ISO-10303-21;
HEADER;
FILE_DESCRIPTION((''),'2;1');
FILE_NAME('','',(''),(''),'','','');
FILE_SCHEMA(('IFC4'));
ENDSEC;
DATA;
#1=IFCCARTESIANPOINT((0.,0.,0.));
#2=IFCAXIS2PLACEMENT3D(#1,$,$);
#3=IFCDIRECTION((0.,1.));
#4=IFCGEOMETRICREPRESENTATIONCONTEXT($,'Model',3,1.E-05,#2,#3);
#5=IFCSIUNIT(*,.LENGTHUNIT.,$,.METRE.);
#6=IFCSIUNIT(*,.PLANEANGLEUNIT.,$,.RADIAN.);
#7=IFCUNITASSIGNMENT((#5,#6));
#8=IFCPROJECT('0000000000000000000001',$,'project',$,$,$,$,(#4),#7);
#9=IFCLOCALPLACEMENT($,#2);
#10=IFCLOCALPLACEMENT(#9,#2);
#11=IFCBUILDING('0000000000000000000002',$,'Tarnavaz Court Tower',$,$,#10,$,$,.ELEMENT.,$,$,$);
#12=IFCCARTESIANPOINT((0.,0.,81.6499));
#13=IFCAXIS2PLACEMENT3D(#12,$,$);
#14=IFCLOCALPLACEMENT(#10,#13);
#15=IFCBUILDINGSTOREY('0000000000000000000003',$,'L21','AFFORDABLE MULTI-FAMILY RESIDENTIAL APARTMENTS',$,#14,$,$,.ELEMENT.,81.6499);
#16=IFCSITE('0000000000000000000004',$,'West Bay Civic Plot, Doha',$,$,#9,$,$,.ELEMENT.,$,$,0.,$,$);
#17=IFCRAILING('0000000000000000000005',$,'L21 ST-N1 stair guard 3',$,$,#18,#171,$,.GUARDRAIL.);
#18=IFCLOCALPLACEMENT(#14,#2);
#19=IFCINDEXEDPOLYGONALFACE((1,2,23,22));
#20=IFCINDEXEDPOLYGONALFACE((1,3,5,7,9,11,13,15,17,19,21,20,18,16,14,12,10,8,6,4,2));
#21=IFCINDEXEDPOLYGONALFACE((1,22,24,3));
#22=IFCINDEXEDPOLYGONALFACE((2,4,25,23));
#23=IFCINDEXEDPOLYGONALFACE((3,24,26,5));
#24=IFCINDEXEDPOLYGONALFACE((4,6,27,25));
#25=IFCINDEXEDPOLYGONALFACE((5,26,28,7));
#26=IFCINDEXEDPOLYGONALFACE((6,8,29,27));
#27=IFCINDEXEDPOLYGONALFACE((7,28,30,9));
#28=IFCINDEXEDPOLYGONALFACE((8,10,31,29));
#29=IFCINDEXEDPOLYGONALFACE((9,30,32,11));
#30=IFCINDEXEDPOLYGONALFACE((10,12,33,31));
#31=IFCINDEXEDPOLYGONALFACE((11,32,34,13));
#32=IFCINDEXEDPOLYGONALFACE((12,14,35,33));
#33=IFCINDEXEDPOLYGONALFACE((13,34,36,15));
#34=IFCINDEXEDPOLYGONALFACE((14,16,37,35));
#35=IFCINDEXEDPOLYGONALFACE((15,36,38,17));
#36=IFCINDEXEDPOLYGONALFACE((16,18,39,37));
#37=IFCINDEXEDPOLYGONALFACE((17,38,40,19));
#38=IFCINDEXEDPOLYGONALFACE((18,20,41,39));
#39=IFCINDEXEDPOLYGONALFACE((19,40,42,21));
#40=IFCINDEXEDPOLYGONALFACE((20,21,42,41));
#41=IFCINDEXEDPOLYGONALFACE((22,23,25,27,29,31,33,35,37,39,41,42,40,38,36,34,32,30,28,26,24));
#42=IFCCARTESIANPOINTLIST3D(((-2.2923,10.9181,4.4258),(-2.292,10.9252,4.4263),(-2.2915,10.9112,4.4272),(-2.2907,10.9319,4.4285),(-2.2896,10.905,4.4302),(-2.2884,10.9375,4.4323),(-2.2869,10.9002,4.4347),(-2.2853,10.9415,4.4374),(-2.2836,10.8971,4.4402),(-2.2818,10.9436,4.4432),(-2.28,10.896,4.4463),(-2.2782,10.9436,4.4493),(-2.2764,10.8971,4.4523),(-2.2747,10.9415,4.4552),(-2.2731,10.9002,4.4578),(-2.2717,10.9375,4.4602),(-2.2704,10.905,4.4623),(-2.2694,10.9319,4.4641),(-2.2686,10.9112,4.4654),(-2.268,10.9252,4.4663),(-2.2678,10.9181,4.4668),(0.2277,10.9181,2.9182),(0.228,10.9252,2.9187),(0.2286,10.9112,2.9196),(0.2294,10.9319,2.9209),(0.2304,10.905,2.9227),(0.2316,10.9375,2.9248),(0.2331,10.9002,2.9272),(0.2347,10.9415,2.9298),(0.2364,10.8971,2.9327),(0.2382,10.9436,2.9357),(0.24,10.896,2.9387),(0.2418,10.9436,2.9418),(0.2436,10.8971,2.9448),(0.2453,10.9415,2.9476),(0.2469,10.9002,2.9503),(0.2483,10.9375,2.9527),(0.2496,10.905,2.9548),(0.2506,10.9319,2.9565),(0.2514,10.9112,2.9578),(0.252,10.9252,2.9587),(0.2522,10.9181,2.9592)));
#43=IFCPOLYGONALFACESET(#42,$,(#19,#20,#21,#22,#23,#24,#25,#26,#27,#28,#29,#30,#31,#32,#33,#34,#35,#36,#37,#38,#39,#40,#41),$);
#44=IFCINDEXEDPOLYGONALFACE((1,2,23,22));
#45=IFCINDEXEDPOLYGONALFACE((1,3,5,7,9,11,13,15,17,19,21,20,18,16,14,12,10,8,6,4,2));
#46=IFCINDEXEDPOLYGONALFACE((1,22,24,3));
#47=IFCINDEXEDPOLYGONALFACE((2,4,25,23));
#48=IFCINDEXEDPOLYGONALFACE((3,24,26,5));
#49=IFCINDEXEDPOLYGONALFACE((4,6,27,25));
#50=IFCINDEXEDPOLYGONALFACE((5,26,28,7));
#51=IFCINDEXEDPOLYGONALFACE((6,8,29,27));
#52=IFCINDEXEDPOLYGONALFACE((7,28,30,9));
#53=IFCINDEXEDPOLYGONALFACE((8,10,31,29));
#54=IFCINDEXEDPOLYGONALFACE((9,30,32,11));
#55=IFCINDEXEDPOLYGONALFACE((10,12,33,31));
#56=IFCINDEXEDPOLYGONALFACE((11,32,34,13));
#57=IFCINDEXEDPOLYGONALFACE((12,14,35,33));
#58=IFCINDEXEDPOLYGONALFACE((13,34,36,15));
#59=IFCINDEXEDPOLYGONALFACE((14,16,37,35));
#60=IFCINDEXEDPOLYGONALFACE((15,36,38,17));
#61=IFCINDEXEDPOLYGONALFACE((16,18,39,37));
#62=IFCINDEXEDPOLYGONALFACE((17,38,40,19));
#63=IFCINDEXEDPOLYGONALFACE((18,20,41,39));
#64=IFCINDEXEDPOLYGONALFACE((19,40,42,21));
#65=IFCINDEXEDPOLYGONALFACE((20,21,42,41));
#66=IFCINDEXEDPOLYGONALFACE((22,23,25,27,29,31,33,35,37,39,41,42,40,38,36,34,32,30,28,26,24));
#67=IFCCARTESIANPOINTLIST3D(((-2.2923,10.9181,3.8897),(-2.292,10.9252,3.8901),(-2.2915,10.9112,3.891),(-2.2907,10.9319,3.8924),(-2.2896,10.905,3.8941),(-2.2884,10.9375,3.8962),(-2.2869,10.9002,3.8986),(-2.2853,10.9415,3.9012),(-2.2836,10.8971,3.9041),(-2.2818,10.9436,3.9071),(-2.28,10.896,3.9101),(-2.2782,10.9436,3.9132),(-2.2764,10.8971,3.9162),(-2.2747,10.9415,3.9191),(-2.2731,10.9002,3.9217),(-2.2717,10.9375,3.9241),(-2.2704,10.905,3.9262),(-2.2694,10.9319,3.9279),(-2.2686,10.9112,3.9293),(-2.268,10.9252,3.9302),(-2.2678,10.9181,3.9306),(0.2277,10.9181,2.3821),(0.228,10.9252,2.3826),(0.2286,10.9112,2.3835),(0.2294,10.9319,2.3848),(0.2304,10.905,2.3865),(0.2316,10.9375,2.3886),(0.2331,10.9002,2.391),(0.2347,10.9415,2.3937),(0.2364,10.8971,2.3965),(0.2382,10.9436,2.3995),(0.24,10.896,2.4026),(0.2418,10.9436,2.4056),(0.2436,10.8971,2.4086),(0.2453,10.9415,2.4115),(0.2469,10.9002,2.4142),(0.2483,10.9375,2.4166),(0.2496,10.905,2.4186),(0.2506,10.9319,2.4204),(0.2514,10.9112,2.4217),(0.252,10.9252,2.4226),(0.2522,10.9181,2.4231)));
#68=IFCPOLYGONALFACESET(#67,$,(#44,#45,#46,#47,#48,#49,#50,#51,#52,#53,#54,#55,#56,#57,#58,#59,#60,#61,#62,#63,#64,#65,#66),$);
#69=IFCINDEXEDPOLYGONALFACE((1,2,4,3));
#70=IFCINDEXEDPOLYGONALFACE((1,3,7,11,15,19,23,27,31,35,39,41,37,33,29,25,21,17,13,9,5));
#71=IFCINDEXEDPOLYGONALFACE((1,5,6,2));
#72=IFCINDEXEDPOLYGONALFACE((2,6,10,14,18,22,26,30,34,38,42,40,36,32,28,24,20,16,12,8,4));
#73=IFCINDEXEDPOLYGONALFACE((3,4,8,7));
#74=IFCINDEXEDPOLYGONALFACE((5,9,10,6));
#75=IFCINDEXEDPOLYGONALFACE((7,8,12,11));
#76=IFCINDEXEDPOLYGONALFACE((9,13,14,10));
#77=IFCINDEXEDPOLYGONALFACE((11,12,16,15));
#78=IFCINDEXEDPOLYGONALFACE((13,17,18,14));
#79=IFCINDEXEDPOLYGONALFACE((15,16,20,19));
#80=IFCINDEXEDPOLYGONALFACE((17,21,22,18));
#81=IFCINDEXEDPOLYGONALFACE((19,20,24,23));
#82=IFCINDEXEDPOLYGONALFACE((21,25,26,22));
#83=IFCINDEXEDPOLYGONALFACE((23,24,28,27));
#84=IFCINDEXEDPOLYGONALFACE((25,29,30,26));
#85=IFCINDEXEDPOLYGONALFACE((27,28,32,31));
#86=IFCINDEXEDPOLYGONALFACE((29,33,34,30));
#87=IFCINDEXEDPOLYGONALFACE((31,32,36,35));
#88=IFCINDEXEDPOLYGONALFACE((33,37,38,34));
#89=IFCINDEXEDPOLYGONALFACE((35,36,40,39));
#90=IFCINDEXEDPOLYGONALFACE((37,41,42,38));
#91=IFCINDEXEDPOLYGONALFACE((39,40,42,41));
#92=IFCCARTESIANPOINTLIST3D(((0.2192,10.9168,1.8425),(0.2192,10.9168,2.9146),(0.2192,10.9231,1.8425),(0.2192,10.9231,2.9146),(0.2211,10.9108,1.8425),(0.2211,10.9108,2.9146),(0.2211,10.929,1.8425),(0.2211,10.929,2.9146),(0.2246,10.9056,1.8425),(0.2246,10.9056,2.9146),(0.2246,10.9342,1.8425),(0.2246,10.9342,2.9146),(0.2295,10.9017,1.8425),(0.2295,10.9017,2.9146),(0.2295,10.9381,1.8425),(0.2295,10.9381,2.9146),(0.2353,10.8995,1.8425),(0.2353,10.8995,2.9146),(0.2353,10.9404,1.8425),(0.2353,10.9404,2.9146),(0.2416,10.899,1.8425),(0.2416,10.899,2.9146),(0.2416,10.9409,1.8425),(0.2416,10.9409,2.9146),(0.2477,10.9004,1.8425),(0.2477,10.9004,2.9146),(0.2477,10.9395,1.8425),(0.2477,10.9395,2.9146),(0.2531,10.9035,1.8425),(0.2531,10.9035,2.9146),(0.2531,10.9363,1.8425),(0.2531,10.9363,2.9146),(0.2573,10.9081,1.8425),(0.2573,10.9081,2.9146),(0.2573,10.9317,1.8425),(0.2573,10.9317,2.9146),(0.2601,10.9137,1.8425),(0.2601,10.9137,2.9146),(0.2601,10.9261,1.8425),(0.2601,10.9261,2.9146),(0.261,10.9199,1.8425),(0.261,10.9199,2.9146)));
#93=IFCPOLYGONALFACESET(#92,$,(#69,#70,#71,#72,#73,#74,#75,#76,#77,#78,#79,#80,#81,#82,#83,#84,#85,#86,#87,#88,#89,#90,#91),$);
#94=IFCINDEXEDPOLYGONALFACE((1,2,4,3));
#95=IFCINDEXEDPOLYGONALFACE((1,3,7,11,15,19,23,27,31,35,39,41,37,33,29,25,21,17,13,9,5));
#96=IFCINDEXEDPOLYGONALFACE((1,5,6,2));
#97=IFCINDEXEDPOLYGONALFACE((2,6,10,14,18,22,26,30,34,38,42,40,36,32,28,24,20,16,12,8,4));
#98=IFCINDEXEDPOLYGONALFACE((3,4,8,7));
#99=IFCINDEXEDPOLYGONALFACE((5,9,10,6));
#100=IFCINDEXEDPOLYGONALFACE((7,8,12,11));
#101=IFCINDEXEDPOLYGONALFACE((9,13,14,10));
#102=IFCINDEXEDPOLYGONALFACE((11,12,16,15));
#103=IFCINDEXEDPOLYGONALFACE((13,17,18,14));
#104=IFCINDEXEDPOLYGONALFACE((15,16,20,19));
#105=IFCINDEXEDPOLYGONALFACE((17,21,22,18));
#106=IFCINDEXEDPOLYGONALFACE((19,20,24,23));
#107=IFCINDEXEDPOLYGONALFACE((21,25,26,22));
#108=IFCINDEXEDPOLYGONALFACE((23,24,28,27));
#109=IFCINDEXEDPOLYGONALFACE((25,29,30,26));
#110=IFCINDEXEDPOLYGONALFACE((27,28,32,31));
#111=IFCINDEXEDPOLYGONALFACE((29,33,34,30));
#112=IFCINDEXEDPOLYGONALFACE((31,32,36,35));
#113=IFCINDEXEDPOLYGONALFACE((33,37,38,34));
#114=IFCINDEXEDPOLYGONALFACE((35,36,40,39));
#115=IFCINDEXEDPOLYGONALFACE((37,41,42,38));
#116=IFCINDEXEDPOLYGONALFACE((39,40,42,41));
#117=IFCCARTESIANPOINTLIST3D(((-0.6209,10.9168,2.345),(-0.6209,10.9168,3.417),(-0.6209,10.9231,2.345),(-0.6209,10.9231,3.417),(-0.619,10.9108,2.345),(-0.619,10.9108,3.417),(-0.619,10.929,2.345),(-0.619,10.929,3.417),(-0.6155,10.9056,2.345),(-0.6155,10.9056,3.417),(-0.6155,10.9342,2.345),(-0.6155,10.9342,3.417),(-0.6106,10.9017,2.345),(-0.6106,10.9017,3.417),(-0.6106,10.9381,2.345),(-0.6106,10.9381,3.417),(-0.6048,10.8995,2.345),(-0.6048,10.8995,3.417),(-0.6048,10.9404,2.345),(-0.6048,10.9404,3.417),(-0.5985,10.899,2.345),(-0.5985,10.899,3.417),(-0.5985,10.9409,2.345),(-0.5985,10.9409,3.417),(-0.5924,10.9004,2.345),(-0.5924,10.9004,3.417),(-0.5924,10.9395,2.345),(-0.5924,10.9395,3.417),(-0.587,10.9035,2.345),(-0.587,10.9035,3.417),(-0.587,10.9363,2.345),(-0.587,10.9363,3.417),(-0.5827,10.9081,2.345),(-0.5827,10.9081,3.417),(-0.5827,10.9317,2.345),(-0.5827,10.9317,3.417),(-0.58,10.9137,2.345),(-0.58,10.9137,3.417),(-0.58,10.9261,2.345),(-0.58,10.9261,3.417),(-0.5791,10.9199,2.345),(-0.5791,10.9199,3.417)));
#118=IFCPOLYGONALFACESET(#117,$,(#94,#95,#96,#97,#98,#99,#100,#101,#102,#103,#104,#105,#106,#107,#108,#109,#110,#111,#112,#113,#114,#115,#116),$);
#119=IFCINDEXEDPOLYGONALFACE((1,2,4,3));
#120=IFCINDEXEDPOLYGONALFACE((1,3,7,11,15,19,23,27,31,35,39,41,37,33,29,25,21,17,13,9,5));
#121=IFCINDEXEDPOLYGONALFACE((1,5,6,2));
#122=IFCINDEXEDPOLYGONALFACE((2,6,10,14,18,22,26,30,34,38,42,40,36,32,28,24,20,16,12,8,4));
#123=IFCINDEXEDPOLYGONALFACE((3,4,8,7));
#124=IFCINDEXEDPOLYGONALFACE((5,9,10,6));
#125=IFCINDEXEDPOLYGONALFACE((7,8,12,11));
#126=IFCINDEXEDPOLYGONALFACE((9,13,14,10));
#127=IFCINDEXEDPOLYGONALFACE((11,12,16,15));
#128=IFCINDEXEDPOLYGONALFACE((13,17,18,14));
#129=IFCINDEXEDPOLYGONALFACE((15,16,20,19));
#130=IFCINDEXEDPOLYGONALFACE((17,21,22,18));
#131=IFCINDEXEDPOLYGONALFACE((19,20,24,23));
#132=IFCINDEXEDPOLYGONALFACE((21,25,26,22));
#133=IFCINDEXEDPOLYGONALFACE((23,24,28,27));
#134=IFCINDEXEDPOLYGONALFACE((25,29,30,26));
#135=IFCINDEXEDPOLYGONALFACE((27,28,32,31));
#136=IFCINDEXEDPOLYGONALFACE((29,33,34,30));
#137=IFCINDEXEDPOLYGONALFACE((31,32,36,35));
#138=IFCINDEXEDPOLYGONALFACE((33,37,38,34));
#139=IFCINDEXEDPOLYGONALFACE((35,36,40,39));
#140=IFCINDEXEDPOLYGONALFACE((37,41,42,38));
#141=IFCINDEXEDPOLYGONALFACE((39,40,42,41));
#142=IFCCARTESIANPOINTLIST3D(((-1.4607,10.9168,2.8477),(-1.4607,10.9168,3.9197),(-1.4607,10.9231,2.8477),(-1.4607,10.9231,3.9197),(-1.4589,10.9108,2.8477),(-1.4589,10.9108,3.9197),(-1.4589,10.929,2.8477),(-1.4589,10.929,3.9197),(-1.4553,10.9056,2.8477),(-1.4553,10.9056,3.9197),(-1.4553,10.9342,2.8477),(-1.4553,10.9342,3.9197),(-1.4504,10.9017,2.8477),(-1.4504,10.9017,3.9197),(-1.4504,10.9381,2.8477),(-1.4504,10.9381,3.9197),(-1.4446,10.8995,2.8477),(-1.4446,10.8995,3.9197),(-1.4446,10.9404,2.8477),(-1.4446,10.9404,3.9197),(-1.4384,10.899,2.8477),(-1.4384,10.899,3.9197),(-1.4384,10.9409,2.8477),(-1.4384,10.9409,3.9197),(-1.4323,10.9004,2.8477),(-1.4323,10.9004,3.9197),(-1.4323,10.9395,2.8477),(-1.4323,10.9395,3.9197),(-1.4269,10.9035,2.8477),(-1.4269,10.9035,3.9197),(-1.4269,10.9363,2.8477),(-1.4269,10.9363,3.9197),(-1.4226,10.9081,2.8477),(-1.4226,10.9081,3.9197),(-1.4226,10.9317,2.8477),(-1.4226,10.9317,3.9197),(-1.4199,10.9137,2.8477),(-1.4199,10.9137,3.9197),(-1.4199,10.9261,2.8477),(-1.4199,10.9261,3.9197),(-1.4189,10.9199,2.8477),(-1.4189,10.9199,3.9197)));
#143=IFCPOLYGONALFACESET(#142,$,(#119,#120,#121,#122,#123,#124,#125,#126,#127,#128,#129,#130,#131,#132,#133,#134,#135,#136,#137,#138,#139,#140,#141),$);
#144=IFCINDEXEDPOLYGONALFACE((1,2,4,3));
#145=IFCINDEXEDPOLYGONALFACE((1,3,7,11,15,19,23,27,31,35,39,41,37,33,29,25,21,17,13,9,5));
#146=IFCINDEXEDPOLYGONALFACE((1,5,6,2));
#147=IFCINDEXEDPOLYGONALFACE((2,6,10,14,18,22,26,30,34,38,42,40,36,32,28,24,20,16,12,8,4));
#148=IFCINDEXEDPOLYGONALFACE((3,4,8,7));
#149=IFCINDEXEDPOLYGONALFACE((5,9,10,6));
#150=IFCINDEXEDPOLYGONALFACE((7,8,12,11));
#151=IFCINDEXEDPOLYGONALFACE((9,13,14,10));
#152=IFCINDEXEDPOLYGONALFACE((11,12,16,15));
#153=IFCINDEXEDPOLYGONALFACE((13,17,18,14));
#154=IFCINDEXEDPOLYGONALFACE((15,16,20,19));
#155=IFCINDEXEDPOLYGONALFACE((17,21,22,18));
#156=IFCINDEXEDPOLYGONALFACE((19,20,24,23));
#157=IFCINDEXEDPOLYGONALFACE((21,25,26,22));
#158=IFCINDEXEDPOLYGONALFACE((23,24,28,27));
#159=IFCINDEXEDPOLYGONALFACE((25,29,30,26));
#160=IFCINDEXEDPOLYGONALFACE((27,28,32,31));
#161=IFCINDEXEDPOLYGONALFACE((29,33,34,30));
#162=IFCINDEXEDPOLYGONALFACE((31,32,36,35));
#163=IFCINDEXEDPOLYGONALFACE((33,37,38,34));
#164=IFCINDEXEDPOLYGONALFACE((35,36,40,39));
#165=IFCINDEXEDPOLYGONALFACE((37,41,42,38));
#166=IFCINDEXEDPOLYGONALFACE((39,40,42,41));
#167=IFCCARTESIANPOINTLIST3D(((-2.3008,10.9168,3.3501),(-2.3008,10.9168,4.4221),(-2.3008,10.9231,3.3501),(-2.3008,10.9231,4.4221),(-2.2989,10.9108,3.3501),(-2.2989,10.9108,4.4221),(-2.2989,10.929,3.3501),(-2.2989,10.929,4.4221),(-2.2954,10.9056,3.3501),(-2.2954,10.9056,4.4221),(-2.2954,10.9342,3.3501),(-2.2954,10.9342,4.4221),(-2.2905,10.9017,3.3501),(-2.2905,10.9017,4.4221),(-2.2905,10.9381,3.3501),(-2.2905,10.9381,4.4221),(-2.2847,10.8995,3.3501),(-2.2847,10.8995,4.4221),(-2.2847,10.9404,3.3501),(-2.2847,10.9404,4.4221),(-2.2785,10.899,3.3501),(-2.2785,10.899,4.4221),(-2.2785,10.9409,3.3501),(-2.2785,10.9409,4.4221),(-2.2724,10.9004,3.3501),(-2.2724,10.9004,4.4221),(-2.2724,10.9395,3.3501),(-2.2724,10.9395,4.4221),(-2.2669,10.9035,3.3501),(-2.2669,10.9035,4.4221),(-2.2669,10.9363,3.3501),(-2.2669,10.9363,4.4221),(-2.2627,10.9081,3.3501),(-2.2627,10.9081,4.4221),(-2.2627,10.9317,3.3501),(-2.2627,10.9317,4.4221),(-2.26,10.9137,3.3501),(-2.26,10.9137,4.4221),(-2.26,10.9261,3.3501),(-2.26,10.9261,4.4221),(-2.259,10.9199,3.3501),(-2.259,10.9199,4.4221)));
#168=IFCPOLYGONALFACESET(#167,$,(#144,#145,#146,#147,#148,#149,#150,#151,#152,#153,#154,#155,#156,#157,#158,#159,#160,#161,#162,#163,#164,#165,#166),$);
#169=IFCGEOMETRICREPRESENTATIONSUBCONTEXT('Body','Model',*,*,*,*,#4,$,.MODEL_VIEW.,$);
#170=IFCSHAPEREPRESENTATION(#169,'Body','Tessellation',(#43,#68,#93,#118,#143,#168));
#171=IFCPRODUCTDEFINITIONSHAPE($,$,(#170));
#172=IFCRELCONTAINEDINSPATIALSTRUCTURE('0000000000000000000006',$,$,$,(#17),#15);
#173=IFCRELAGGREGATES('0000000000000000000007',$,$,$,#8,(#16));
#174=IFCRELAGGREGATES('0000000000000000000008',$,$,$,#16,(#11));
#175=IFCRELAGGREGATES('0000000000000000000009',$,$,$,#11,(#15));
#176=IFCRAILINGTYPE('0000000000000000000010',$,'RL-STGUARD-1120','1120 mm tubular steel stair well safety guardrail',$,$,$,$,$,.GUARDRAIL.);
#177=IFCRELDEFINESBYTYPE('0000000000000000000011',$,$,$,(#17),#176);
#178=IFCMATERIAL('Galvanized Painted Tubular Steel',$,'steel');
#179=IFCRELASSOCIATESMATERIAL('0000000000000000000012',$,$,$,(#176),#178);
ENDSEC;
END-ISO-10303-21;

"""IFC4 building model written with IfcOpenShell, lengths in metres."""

from ifc_helpers import new_model, si_unit, direction, frame, origin, origin_2d, place, context, subcontext, project, spatial, circle, extrude, material, type_object, element, save


model = new_model("IFC4")

# Units and contexts
model_context = context("Model", 3, precision=1e-05, world=origin(), true_north=direction((0.0, 1.0)))
body_context = subcontext(model_context, "Body", "Model", "MODEL_VIEW")
ifc_project = project(units=[si_unit("LENGTHUNIT", "METRE"), si_unit("PLANEANGLEUNIT", "RADIAN")], contexts=[model_context])

# Site, building, storey
site_placement = place(None, origin())
site = spatial("IfcSite", under=ifc_project, at=site_placement, Name="West Bay Civic Plot, Doha", CompositionType="ELEMENT", RefElevation=0.0)
building_placement = place(site_placement, origin())
building = spatial("IfcBuilding", under=site, at=building_placement, Name="Tarnavaz Court Tower", CompositionType="ELEMENT")
storey_placement = place(building_placement, frame((0.0, 0.0, 81.6499)))
storey = spatial("IfcBuildingStorey", under=building, at=storey_placement, Name="L21", Description="AFFORDABLE MULTI-FAMILY RESIDENTIAL APARTMENTS", CompositionType="ELEMENT", Elevation=81.6499)

# Railing
ifc_material_1 = material(Name="Galvanized Painted Tubular Steel", Category="steel")
railing_type_1 = type_object("IfcRailingType", Name="RL-STGUARD-1120", Description="1120 mm tubular steel stair well safety guardrail", PredefinedType="GUARDRAIL", material=ifc_material_1)
railing_1_placement = place(storey_placement, frame((0.24, 10.9199, 1.8425)))
element("IfcRailing", 1, at=railing_1_placement, inside=storey, type_object=railing_type_1, Name="L21 ST-N1 stair guard 3", PredefinedType="GUARDRAIL", context=body_context, shape_type="SweptSolid", body=[
    extrude(circle(Radius=0.0239, at=origin_2d()), frame((0.0, 0.0, 1.0962), z_axis=(-0.85816, 0.0, 0.513383), x_axis=(0.0, -1.0, 0.0)), (0.0, 0.0, 1.0), 2.9365),
    extrude(circle(Radius=0.0239, at=origin_2d()), frame((0.0, 0.0, 0.5601), z_axis=(-0.85816, 0.0, 0.513383), x_axis=(0.0, -1.0, 0.0)), (0.0, 0.0, 1.0), 2.9365),
    extrude(circle(Radius=0.021, at=origin_2d()), origin(), (0.0, 0.0, 1.0), 1.072),
    extrude(circle(Radius=0.021, at=origin_2d()), frame((-0.8401, 0.0, 0.5024)), (0.0, 0.0, 1.0), 1.072),
    extrude(circle(Radius=0.021, at=origin_2d()), frame((-1.6799, 0.0, 1.0051)), (0.0, 0.0, 1.0), 1.072),
    extrude(circle(Radius=0.021, at=origin_2d()), frame((-2.52, 0.0, 1.5076)), (0.0, 0.0, 1.0), 1.072),
])

save(model, "model.ifc")
